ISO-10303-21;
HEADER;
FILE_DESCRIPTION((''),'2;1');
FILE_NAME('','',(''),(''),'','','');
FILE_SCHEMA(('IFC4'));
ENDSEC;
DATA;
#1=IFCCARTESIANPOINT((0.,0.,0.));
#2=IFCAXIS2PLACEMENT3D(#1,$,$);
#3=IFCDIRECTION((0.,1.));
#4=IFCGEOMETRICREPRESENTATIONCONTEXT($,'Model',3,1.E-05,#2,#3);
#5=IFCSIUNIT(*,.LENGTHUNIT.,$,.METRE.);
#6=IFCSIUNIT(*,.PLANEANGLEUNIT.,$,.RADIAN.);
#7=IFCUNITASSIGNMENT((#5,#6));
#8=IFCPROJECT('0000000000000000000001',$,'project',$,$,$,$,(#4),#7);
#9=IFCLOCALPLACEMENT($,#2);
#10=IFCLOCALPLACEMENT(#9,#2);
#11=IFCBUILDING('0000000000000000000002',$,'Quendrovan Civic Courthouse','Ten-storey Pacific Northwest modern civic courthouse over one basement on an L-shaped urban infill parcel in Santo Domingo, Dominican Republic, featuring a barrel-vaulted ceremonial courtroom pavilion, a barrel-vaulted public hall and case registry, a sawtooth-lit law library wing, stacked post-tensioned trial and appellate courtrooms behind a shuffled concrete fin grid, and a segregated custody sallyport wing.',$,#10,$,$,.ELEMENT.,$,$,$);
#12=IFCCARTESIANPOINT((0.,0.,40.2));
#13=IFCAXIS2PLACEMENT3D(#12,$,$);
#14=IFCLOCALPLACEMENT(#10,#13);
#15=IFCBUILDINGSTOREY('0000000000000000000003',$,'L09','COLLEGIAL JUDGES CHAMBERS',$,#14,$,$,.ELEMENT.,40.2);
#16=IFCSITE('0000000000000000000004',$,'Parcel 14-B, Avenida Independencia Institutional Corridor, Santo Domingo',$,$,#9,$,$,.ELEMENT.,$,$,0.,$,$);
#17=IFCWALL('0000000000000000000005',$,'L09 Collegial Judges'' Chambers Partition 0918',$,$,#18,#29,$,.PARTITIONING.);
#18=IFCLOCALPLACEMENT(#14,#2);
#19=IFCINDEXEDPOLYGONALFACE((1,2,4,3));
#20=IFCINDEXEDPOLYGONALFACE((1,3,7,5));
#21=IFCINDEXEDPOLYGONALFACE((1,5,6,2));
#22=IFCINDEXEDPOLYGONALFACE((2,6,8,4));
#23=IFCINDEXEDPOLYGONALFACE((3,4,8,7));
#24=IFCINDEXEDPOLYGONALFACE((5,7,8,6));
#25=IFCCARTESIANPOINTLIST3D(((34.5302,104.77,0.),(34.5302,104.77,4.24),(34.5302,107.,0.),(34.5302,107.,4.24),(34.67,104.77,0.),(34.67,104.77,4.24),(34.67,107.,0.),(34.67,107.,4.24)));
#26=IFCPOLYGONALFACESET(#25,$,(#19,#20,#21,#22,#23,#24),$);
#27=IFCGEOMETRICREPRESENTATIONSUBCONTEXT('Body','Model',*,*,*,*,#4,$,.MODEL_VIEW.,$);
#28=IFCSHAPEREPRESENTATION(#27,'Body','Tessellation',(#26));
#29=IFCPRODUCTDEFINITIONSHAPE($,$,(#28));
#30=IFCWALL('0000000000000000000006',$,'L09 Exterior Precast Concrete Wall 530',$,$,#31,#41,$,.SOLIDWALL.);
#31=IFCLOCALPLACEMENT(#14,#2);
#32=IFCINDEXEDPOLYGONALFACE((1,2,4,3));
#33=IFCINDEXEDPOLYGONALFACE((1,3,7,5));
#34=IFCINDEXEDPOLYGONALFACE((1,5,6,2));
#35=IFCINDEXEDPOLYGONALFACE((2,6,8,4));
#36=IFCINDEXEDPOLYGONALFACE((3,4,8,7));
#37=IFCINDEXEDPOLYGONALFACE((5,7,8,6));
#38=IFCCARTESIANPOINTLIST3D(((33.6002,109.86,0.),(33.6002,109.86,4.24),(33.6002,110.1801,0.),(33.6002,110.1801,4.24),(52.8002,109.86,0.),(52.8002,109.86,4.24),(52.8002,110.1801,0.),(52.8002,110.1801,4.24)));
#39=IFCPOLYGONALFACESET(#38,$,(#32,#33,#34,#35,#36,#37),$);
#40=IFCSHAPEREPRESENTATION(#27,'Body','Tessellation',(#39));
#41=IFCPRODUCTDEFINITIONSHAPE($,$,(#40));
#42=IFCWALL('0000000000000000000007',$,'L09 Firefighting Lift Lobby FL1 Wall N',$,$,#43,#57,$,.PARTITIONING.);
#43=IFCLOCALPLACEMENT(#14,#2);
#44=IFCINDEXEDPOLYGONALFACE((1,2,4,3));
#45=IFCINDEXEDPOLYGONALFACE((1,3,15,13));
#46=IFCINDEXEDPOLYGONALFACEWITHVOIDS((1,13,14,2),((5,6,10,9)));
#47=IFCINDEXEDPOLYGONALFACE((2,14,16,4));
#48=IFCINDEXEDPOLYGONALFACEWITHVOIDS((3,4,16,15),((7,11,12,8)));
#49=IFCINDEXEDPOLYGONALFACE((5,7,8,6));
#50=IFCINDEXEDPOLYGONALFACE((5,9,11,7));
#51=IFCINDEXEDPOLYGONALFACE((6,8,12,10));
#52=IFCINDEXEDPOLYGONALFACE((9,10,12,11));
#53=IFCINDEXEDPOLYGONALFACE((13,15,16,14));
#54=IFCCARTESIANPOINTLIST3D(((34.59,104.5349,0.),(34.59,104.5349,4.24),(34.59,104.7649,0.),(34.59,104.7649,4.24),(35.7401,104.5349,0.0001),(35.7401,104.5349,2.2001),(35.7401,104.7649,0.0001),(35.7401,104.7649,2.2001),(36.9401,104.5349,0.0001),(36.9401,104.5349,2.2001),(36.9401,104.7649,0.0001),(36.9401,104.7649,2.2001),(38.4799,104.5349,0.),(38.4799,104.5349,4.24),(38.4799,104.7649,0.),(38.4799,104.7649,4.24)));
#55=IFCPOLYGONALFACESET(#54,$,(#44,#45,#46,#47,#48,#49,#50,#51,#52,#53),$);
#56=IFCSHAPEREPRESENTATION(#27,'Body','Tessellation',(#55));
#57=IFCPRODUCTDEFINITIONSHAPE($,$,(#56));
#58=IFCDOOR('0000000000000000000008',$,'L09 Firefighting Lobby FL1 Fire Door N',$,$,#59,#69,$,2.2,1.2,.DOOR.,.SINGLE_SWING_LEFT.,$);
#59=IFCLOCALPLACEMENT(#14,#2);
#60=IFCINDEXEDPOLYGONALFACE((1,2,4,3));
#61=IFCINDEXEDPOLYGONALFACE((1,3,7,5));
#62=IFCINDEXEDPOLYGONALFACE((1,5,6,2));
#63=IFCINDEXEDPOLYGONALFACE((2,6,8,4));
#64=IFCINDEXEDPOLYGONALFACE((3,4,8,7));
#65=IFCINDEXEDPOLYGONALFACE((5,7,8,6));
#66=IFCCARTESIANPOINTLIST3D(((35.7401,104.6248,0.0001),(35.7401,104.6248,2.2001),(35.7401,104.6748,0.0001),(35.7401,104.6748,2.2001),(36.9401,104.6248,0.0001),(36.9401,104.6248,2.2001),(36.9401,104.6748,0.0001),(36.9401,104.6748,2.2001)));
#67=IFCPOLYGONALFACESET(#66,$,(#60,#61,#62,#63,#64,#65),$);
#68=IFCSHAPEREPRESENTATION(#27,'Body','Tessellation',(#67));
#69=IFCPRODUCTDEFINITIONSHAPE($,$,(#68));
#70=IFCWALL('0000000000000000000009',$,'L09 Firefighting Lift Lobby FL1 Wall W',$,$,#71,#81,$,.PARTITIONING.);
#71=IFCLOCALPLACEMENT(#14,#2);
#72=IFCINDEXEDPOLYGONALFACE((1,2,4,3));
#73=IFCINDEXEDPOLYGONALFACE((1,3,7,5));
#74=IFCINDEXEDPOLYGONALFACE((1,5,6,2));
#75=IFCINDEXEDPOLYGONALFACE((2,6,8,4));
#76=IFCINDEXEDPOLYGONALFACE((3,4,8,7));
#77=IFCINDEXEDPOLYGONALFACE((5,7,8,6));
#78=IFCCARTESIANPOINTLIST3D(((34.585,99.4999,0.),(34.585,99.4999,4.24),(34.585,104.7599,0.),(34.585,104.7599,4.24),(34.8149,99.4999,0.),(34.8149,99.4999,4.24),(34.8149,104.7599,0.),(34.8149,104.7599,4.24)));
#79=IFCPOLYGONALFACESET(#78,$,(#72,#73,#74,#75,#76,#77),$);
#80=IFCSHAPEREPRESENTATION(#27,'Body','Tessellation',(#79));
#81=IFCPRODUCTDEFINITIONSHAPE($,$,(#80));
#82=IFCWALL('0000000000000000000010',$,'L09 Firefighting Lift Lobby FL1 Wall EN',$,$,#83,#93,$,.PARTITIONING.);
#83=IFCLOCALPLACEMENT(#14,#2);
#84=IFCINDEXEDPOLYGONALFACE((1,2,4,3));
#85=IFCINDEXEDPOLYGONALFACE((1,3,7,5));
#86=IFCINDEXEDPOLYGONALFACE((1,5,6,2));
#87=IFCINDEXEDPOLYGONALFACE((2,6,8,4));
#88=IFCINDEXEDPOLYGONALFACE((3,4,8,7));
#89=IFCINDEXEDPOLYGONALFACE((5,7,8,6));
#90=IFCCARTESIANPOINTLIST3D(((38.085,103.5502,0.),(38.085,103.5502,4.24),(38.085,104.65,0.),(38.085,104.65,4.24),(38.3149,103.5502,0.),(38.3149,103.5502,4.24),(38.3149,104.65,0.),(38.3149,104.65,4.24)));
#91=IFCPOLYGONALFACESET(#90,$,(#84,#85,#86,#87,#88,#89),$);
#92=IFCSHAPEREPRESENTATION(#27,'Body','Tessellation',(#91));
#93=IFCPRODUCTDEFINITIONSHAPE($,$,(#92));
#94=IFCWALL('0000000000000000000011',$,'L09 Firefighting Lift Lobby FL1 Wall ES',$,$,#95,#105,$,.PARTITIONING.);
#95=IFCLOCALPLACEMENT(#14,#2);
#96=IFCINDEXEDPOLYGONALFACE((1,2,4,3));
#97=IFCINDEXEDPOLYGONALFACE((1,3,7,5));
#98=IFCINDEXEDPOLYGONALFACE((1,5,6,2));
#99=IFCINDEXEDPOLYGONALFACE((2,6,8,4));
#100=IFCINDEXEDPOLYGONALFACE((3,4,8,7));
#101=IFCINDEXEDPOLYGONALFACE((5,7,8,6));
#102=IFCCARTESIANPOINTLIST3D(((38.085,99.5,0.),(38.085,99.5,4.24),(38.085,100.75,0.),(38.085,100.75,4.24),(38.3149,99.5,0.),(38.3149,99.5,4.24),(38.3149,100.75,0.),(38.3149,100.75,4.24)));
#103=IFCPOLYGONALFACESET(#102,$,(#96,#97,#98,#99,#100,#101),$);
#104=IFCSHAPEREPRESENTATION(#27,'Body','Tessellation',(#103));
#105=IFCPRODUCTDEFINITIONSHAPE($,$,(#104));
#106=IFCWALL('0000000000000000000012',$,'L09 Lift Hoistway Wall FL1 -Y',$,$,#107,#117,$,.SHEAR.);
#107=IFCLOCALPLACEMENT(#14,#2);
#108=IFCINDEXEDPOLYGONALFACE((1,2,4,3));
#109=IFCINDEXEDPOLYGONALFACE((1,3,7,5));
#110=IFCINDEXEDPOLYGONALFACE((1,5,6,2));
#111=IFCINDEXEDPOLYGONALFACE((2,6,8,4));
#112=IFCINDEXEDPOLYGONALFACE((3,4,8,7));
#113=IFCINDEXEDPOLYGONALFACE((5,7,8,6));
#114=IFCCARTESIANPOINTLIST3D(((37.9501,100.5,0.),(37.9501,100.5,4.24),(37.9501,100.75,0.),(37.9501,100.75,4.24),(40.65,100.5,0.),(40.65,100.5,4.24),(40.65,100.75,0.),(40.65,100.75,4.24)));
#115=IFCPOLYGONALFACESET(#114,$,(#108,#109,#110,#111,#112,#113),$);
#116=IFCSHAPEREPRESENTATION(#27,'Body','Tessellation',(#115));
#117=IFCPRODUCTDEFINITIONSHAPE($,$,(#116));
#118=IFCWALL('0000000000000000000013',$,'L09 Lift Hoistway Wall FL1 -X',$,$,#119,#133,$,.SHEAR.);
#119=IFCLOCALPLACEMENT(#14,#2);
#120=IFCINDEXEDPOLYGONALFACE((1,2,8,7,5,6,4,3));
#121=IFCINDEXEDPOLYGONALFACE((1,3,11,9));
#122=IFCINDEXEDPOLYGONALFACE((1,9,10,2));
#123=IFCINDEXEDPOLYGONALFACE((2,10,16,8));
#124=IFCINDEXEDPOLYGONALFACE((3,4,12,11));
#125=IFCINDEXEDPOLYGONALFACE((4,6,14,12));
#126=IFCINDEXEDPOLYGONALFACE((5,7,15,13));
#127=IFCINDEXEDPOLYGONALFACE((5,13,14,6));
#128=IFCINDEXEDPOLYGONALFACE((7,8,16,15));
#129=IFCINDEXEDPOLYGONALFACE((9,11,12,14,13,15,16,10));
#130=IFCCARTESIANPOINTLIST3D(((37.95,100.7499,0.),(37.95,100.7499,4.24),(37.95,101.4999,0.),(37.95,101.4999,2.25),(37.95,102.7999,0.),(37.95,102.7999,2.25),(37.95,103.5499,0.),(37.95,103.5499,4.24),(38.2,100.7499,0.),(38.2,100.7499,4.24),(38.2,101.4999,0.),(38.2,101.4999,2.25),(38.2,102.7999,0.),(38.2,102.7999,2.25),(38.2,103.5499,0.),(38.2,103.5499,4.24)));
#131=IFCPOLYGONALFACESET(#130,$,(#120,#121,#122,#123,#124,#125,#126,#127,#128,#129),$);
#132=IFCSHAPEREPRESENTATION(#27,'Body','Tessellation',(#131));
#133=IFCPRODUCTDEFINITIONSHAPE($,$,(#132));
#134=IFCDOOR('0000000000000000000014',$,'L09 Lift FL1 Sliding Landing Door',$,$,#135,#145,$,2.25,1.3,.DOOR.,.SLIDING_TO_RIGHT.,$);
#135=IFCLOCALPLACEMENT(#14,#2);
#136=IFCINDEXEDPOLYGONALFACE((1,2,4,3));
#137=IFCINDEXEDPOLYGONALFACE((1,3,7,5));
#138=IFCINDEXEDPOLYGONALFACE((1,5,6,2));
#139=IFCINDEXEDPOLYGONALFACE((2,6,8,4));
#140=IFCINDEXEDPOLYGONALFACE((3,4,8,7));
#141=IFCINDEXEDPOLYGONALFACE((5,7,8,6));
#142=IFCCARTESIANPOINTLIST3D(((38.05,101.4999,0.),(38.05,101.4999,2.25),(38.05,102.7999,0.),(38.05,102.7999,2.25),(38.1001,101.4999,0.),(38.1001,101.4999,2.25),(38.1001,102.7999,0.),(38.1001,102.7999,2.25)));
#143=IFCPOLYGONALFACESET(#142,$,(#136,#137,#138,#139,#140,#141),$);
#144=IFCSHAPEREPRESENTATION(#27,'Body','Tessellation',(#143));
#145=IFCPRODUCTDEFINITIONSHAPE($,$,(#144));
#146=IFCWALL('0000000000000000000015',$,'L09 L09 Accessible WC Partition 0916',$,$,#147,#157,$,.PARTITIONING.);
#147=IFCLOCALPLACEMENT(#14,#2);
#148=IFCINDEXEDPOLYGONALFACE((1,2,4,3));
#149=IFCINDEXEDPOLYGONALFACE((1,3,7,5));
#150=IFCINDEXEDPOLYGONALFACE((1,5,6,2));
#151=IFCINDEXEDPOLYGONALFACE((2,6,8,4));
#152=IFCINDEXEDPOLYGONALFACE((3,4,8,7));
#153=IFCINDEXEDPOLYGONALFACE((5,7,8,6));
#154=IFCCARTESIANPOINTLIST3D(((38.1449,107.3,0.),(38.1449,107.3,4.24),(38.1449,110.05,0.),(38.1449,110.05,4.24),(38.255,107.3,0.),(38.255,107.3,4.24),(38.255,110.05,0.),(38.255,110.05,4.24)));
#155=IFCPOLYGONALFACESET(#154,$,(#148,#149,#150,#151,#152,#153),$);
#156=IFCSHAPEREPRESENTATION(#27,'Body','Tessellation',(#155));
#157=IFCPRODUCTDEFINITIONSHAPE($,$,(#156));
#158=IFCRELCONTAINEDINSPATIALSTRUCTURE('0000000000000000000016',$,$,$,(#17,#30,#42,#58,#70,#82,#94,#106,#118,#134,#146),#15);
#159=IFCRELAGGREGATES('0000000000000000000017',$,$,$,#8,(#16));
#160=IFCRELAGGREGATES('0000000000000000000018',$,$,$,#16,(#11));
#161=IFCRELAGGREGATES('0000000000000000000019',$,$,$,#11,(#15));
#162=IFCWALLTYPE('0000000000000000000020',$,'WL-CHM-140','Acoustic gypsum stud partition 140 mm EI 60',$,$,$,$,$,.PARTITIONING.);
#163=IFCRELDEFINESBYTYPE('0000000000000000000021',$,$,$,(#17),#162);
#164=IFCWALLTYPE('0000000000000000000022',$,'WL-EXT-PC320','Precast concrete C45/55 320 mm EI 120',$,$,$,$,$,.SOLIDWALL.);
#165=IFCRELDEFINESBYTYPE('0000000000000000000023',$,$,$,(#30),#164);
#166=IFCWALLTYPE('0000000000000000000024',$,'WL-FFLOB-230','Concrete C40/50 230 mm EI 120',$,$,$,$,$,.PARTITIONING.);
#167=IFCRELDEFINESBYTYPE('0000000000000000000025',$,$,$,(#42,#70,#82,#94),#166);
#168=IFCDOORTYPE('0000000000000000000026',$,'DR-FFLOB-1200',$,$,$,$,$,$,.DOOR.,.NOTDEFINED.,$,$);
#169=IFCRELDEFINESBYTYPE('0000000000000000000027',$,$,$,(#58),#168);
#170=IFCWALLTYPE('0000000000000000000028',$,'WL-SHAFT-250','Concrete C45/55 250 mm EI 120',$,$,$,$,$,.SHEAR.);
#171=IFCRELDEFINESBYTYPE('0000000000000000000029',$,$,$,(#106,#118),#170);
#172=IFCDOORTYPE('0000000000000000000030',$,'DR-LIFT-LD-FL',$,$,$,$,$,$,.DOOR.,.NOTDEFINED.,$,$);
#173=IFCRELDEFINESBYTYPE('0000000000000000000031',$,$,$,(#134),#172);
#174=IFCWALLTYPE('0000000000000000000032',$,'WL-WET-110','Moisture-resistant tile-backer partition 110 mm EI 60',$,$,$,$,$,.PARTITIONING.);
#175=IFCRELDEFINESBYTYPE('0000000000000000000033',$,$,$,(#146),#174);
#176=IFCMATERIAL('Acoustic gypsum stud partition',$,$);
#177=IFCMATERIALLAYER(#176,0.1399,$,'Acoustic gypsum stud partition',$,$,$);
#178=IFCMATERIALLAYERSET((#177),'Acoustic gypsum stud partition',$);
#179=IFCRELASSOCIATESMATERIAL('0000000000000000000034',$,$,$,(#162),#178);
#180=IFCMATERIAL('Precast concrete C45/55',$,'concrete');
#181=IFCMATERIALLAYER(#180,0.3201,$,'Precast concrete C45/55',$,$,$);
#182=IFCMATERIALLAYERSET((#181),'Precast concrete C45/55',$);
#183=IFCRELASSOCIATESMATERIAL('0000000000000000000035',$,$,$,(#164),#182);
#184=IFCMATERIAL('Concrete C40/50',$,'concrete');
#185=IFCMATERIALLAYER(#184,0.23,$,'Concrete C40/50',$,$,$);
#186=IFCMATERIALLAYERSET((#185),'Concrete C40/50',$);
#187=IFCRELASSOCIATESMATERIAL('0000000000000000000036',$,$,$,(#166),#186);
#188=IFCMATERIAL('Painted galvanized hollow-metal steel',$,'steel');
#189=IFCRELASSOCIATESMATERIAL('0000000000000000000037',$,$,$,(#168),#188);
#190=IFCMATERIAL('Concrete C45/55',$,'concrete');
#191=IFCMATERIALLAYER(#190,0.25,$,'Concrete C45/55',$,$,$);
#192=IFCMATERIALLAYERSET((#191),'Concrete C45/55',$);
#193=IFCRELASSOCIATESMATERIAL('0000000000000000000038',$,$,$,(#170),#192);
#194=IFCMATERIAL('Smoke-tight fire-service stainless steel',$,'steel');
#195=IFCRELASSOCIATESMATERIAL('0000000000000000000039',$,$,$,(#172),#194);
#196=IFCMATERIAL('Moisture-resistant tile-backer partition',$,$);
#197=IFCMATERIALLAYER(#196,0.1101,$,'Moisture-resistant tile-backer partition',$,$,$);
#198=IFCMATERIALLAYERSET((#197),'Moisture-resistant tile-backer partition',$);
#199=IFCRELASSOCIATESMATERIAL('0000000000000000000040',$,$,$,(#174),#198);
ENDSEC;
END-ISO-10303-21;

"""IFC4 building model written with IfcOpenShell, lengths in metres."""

from ifc_helpers import new_model, si_unit, direction, frame, frame_2d, origin, place, context, subcontext, project, spatial, rectangle, extrude, material, layer, layer_set, type_object, element, fill, save


model = new_model("IFC4")

# Units and contexts
model_context = context("Model", 3, precision=1e-05, world=origin(), true_north=direction((0.0, 1.0)))
body_context = subcontext(model_context, "Body", "Model", "MODEL_VIEW")
ifc_project = project(units=[si_unit("LENGTHUNIT", "METRE"), si_unit("PLANEANGLEUNIT", "RADIAN")], contexts=[model_context])

# Site, building, storey
site_placement = place(None, origin())
site = spatial("IfcSite", under=ifc_project, at=site_placement, Name="Parcel 14-B, Avenida Independencia Institutional Corridor, Santo Domingo", CompositionType="ELEMENT", RefElevation=0.0)
building_placement = place(site_placement, origin())
building = spatial("IfcBuilding", under=site, at=building_placement, Name="Quendrovan Civic Courthouse", Description="Ten-storey Pacific Northwest modern civic courthouse over one basement on an L-shaped urban infill parcel in Santo Domingo, Dominican Republic, featuring a barrel-vaulted ceremonial courtroom pavilion, a barrel-vaulted public hall and case registry, a sawtooth-lit law library wing, stacked post-tensioned trial and appellate courtrooms behind a shuffled concrete fin grid, and a segregated custody sallyport wing.", CompositionType="ELEMENT")
storey_placement = place(building_placement, frame((0.0, 0.0, 40.2)))
storey = spatial("IfcBuildingStorey", under=building, at=storey_placement, Name="L09", Description="COLLEGIAL JUDGES CHAMBERS", CompositionType="ELEMENT", Elevation=40.2)

# Shared definitions
ifc_material_1 = material(Name="Concrete C45/55", Category="concrete")

# Shared definitions
ifc_material_2 = material(Name="Concrete C40/50", Category="concrete")

# Shared definitions
ifc_material_3 = material(Name="Precast concrete C45/55", Category="concrete")

# Walls
ifc_material_4 = material(Name="Acoustic gypsum stud partition")
ifc_layer_1 = layer(ifc_material_4, 0.1399, Name="Acoustic gypsum stud partition")
ifc_layer_set_1 = layer_set([ifc_layer_1], Name="Acoustic gypsum stud partition")
wall_type_1 = type_object("IfcWallType", Name="WL-CHM-140", Description="Acoustic gypsum stud partition 140 mm EI 60", PredefinedType="PARTITIONING", material=ifc_layer_set_1)
wall_1_placement = place(storey_placement, frame((34.6001, 107.0, 0.0), z_axis=(0.0, 0.0, 1.0), x_axis=(0.0, -1.0, 0.0)))
element("IfcWall", 1, at=wall_1_placement, inside=storey, type_object=wall_type_1, Name="L09 Collegial Judges' Chambers Partition 0918", PredefinedType="PARTITIONING", context=body_context, shape_type="SweptSolid", body=[
    extrude(rectangle(XDim=2.23, YDim=0.1399, at=frame_2d((1.115, 0.0))), origin(), (0.0, 0.0, 1.0), 4.24),
])
ifc_layer_2 = layer(ifc_material_3, 0.3201, Name="Precast concrete C45/55")
ifc_layer_set_2 = layer_set([ifc_layer_2], Name="Precast concrete C45/55")
wall_type_2 = type_object("IfcWallType", Name="WL-EXT-PC320", Description="Precast concrete C45/55 320 mm EI 120", PredefinedType="SOLIDWALL", material=ifc_layer_set_2)
wall_2_placement = place(storey_placement, frame((33.6001, 110.02, 0.0), z_axis=(0.0, 0.0, 1.0), x_axis=(1.0, 0.0, 0.0)))
element("IfcWall", 2, at=wall_2_placement, inside=storey, type_object=wall_type_2, Name="L09 Exterior Precast Concrete Wall 530", PredefinedType="SOLIDWALL", context=body_context, shape_type="SweptSolid", body=[
    extrude(rectangle(XDim=19.2, YDim=0.3201, at=frame_2d((9.6001, 0.0))), origin(), (0.0, 0.0, 1.0), 4.24),
])

# Wall, opening, door
ifc_layer_3 = layer(ifc_material_2, 0.23, Name="Concrete C40/50")
ifc_layer_set_3 = layer_set([ifc_layer_3], Name="Concrete C40/50")
wall_type_3 = type_object("IfcWallType", Name="WL-FFLOB-230", Description="Concrete C40/50 230 mm EI 120", PredefinedType="PARTITIONING", material=ifc_layer_set_3)
wall_3_placement = place(storey_placement, frame((34.5901, 104.6499, 0.0), z_axis=(0.0, 0.0, 1.0), x_axis=(1.0, 0.0, 0.0)))
wall_3 = element("IfcWall", 3, at=wall_3_placement, inside=storey, type_object=wall_type_3, Name="L09 Firefighting Lift Lobby FL1 Wall N", PredefinedType="PARTITIONING", context=body_context, shape_type="SweptSolid", body=[
    extrude(rectangle(XDim=3.8899, YDim=0.23, at=frame_2d((1.9448, 0.0))), origin(), (0.0, 0.0, 1.0), 4.24),
])
opening_1_placement = place(wall_3_placement, frame((1.1499, 0.0, 0.0)))
opening_1 = element("IfcOpeningElement", 4, at=opening_1_placement, cuts=wall_3, PredefinedType="OPENING", context=body_context, shape_type="SweptSolid", body=[
    extrude(rectangle(XDim=1.2, YDim=2.2, at=frame_2d((0.6001, 1.1001))), frame((0.0, 0.125, 0.0), z_axis=(0.0, -1.0, 0.0), x_axis=(1.0, 0.0, 0.0)), (0.0, 0.0, 1.0), 0.25),
])
ifc_material_5 = material(Name="Painted galvanized hollow-metal steel", Category="steel")
door_type_1 = type_object("IfcDoorType", Name="DR-FFLOB-1200", OperationType="NOTDEFINED", PredefinedType="DOOR", material=ifc_material_5)
door_1_placement = place(opening_1_placement, origin())
door_1 = element("IfcDoor", 5, at=door_1_placement, inside=storey, type_object=door_type_1, Name="L09 Firefighting Lobby FL1 Fire Door N", OperationType="SINGLE_SWING_LEFT", OverallHeight=2.2, OverallWidth=1.2, PredefinedType="DOOR", context=body_context, shape_type="SweptSolid", body=[
    extrude(rectangle(XDim=1.2, YDim=2.2, at=frame_2d((0.6001, 1.1001))), frame((0.0, 0.0249, 0.0), z_axis=(0.0, -1.0, 0.0), x_axis=(1.0, 0.0, 0.0)), (0.0, 0.0, 1.0), 0.05),
])
fill(opening_1, door_1)

# Walls
wall_4_placement = place(storey_placement, frame((34.7, 99.5, 0.0), z_axis=(0.0, 0.0, 1.0), x_axis=(0.0, 1.0, 0.0)))
element("IfcWall", 6, at=wall_4_placement, inside=storey, type_object=wall_type_3, Name="L09 Firefighting Lift Lobby FL1 Wall W", PredefinedType="PARTITIONING", context=body_context, shape_type="SweptSolid", body=[
    extrude(rectangle(XDim=5.26, YDim=0.23, at=frame_2d((2.6299, 0.0))), origin(), (0.0, 0.0, 1.0), 4.24),
])
wall_5_placement = place(storey_placement, frame((38.2, 104.6499, 0.0), z_axis=(0.0, 0.0, 1.0), x_axis=(0.0, -1.0, 0.0)))
element("IfcWall", 7, at=wall_5_placement, inside=storey, type_object=wall_type_3, Name="L09 Firefighting Lift Lobby FL1 Wall EN", PredefinedType="PARTITIONING", context=body_context, shape_type="SweptSolid", body=[
    extrude(rectangle(XDim=1.0999, YDim=0.23, at=frame_2d((0.5498, 0.0))), origin(), (0.0, 0.0, 1.0), 4.24),
])
wall_6_placement = place(storey_placement, frame((38.2, 100.75, 0.0), z_axis=(0.0, 0.0, 1.0), x_axis=(0.0, -1.0, 0.0)))
element("IfcWall", 8, at=wall_6_placement, inside=storey, type_object=wall_type_3, Name="L09 Firefighting Lift Lobby FL1 Wall ES", PredefinedType="PARTITIONING", context=body_context, shape_type="SweptSolid", body=[
    extrude(rectangle(XDim=1.25, YDim=0.23, at=frame_2d((0.625, 0.0))), origin(), (0.0, 0.0, 1.0), 4.24),
])
ifc_layer_4 = layer(ifc_material_1, 0.25, Name="Concrete C45/55")
ifc_layer_set_4 = layer_set([ifc_layer_4], Name="Concrete C45/55")
wall_type_4 = type_object("IfcWallType", Name="WL-SHAFT-250", Description="Concrete C45/55 250 mm EI 120", PredefinedType="SHEAR", material=ifc_layer_set_4)
wall_7_placement = place(storey_placement, frame((37.95, 100.625, 0.0), z_axis=(0.0, 0.0, 1.0), x_axis=(1.0, 0.0, 0.0)))
element("IfcWall", 9, at=wall_7_placement, inside=storey, type_object=wall_type_4, Name="L09 Lift Hoistway Wall FL1 -Y", PredefinedType="SHEAR", context=body_context, shape_type="SweptSolid", body=[
    extrude(rectangle(XDim=2.7, YDim=0.25, at=frame_2d((1.3501, 0.0))), origin(), (0.0, 0.0, 1.0), 4.24),
])

# Wall, opening, door
wall_8_placement = place(storey_placement, frame((38.075, 100.75, 0.0), z_axis=(0.0, 0.0, 1.0), x_axis=(0.0, 1.0, 0.0)))
wall_8 = element("IfcWall", 10, at=wall_8_placement, inside=storey, type_object=wall_type_4, Name="L09 Lift Hoistway Wall FL1 -X", PredefinedType="SHEAR", context=body_context, shape_type="SweptSolid", body=[
    extrude(rectangle(XDim=2.8, YDim=0.25, at=frame_2d((1.3999, 0.0))), origin(), (0.0, 0.0, 1.0), 4.24),
])
opening_2_placement = place(wall_8_placement, frame((0.75, 0.0, 0.0)))
opening_2 = element("IfcOpeningElement", 11, at=opening_2_placement, cuts=wall_8, PredefinedType="OPENING", context=body_context, shape_type="SweptSolid", body=[
    extrude(rectangle(XDim=1.3, YDim=2.25, at=frame_2d((0.6499, 1.125))), frame((0.0, 0.135, 0.0), z_axis=(0.0, -1.0, 0.0), x_axis=(1.0, 0.0, 0.0)), (0.0, 0.0, 1.0), 0.27),
])
ifc_material_6 = material(Name="Smoke-tight fire-service stainless steel", Category="steel")
door_type_2 = type_object("IfcDoorType", Name="DR-LIFT-LD-FL", OperationType="NOTDEFINED", PredefinedType="DOOR", material=ifc_material_6)
door_2_placement = place(opening_2_placement, origin())
door_2 = element("IfcDoor", 12, at=door_2_placement, inside=storey, type_object=door_type_2, Name="L09 Lift FL1 Sliding Landing Door", OperationType="SLIDING_TO_RIGHT", OverallHeight=2.25, OverallWidth=1.3, PredefinedType="DOOR", context=body_context, shape_type="SweptSolid", body=[
    extrude(rectangle(XDim=1.3, YDim=2.25, at=frame_2d((0.6499, 1.125))), frame((0.0, 0.0249, 0.0), z_axis=(0.0, -1.0, 0.0), x_axis=(1.0, 0.0, 0.0)), (0.0, 0.0, 1.0), 0.05),
])
fill(opening_2, door_2)

# Wall
ifc_material_7 = material(Name="Moisture-resistant tile-backer partition")
ifc_layer_5 = layer(ifc_material_7, 0.1101, Name="Moisture-resistant tile-backer partition")
ifc_layer_set_5 = layer_set([ifc_layer_5], Name="Moisture-resistant tile-backer partition")
wall_type_5 = type_object("IfcWallType", Name="WL-WET-110", Description="Moisture-resistant tile-backer partition 110 mm EI 60", PredefinedType="PARTITIONING", material=ifc_layer_set_5)
wall_9_placement = place(storey_placement, frame((38.2, 107.3, 0.0), z_axis=(0.0, 0.0, 1.0), x_axis=(0.0, 1.0, 0.0)))
element("IfcWall", 13, at=wall_9_placement, inside=storey, type_object=wall_type_5, Name="L09 L09 Accessible WC Partition 0916", PredefinedType="PARTITIONING", context=body_context, shape_type="SweptSolid", body=[
    extrude(rectangle(XDim=2.75, YDim=0.1101, at=frame_2d((1.375, 0.0))), origin(), (0.0, 0.0, 1.0), 4.24),
])

save(model, "model.ifc")
